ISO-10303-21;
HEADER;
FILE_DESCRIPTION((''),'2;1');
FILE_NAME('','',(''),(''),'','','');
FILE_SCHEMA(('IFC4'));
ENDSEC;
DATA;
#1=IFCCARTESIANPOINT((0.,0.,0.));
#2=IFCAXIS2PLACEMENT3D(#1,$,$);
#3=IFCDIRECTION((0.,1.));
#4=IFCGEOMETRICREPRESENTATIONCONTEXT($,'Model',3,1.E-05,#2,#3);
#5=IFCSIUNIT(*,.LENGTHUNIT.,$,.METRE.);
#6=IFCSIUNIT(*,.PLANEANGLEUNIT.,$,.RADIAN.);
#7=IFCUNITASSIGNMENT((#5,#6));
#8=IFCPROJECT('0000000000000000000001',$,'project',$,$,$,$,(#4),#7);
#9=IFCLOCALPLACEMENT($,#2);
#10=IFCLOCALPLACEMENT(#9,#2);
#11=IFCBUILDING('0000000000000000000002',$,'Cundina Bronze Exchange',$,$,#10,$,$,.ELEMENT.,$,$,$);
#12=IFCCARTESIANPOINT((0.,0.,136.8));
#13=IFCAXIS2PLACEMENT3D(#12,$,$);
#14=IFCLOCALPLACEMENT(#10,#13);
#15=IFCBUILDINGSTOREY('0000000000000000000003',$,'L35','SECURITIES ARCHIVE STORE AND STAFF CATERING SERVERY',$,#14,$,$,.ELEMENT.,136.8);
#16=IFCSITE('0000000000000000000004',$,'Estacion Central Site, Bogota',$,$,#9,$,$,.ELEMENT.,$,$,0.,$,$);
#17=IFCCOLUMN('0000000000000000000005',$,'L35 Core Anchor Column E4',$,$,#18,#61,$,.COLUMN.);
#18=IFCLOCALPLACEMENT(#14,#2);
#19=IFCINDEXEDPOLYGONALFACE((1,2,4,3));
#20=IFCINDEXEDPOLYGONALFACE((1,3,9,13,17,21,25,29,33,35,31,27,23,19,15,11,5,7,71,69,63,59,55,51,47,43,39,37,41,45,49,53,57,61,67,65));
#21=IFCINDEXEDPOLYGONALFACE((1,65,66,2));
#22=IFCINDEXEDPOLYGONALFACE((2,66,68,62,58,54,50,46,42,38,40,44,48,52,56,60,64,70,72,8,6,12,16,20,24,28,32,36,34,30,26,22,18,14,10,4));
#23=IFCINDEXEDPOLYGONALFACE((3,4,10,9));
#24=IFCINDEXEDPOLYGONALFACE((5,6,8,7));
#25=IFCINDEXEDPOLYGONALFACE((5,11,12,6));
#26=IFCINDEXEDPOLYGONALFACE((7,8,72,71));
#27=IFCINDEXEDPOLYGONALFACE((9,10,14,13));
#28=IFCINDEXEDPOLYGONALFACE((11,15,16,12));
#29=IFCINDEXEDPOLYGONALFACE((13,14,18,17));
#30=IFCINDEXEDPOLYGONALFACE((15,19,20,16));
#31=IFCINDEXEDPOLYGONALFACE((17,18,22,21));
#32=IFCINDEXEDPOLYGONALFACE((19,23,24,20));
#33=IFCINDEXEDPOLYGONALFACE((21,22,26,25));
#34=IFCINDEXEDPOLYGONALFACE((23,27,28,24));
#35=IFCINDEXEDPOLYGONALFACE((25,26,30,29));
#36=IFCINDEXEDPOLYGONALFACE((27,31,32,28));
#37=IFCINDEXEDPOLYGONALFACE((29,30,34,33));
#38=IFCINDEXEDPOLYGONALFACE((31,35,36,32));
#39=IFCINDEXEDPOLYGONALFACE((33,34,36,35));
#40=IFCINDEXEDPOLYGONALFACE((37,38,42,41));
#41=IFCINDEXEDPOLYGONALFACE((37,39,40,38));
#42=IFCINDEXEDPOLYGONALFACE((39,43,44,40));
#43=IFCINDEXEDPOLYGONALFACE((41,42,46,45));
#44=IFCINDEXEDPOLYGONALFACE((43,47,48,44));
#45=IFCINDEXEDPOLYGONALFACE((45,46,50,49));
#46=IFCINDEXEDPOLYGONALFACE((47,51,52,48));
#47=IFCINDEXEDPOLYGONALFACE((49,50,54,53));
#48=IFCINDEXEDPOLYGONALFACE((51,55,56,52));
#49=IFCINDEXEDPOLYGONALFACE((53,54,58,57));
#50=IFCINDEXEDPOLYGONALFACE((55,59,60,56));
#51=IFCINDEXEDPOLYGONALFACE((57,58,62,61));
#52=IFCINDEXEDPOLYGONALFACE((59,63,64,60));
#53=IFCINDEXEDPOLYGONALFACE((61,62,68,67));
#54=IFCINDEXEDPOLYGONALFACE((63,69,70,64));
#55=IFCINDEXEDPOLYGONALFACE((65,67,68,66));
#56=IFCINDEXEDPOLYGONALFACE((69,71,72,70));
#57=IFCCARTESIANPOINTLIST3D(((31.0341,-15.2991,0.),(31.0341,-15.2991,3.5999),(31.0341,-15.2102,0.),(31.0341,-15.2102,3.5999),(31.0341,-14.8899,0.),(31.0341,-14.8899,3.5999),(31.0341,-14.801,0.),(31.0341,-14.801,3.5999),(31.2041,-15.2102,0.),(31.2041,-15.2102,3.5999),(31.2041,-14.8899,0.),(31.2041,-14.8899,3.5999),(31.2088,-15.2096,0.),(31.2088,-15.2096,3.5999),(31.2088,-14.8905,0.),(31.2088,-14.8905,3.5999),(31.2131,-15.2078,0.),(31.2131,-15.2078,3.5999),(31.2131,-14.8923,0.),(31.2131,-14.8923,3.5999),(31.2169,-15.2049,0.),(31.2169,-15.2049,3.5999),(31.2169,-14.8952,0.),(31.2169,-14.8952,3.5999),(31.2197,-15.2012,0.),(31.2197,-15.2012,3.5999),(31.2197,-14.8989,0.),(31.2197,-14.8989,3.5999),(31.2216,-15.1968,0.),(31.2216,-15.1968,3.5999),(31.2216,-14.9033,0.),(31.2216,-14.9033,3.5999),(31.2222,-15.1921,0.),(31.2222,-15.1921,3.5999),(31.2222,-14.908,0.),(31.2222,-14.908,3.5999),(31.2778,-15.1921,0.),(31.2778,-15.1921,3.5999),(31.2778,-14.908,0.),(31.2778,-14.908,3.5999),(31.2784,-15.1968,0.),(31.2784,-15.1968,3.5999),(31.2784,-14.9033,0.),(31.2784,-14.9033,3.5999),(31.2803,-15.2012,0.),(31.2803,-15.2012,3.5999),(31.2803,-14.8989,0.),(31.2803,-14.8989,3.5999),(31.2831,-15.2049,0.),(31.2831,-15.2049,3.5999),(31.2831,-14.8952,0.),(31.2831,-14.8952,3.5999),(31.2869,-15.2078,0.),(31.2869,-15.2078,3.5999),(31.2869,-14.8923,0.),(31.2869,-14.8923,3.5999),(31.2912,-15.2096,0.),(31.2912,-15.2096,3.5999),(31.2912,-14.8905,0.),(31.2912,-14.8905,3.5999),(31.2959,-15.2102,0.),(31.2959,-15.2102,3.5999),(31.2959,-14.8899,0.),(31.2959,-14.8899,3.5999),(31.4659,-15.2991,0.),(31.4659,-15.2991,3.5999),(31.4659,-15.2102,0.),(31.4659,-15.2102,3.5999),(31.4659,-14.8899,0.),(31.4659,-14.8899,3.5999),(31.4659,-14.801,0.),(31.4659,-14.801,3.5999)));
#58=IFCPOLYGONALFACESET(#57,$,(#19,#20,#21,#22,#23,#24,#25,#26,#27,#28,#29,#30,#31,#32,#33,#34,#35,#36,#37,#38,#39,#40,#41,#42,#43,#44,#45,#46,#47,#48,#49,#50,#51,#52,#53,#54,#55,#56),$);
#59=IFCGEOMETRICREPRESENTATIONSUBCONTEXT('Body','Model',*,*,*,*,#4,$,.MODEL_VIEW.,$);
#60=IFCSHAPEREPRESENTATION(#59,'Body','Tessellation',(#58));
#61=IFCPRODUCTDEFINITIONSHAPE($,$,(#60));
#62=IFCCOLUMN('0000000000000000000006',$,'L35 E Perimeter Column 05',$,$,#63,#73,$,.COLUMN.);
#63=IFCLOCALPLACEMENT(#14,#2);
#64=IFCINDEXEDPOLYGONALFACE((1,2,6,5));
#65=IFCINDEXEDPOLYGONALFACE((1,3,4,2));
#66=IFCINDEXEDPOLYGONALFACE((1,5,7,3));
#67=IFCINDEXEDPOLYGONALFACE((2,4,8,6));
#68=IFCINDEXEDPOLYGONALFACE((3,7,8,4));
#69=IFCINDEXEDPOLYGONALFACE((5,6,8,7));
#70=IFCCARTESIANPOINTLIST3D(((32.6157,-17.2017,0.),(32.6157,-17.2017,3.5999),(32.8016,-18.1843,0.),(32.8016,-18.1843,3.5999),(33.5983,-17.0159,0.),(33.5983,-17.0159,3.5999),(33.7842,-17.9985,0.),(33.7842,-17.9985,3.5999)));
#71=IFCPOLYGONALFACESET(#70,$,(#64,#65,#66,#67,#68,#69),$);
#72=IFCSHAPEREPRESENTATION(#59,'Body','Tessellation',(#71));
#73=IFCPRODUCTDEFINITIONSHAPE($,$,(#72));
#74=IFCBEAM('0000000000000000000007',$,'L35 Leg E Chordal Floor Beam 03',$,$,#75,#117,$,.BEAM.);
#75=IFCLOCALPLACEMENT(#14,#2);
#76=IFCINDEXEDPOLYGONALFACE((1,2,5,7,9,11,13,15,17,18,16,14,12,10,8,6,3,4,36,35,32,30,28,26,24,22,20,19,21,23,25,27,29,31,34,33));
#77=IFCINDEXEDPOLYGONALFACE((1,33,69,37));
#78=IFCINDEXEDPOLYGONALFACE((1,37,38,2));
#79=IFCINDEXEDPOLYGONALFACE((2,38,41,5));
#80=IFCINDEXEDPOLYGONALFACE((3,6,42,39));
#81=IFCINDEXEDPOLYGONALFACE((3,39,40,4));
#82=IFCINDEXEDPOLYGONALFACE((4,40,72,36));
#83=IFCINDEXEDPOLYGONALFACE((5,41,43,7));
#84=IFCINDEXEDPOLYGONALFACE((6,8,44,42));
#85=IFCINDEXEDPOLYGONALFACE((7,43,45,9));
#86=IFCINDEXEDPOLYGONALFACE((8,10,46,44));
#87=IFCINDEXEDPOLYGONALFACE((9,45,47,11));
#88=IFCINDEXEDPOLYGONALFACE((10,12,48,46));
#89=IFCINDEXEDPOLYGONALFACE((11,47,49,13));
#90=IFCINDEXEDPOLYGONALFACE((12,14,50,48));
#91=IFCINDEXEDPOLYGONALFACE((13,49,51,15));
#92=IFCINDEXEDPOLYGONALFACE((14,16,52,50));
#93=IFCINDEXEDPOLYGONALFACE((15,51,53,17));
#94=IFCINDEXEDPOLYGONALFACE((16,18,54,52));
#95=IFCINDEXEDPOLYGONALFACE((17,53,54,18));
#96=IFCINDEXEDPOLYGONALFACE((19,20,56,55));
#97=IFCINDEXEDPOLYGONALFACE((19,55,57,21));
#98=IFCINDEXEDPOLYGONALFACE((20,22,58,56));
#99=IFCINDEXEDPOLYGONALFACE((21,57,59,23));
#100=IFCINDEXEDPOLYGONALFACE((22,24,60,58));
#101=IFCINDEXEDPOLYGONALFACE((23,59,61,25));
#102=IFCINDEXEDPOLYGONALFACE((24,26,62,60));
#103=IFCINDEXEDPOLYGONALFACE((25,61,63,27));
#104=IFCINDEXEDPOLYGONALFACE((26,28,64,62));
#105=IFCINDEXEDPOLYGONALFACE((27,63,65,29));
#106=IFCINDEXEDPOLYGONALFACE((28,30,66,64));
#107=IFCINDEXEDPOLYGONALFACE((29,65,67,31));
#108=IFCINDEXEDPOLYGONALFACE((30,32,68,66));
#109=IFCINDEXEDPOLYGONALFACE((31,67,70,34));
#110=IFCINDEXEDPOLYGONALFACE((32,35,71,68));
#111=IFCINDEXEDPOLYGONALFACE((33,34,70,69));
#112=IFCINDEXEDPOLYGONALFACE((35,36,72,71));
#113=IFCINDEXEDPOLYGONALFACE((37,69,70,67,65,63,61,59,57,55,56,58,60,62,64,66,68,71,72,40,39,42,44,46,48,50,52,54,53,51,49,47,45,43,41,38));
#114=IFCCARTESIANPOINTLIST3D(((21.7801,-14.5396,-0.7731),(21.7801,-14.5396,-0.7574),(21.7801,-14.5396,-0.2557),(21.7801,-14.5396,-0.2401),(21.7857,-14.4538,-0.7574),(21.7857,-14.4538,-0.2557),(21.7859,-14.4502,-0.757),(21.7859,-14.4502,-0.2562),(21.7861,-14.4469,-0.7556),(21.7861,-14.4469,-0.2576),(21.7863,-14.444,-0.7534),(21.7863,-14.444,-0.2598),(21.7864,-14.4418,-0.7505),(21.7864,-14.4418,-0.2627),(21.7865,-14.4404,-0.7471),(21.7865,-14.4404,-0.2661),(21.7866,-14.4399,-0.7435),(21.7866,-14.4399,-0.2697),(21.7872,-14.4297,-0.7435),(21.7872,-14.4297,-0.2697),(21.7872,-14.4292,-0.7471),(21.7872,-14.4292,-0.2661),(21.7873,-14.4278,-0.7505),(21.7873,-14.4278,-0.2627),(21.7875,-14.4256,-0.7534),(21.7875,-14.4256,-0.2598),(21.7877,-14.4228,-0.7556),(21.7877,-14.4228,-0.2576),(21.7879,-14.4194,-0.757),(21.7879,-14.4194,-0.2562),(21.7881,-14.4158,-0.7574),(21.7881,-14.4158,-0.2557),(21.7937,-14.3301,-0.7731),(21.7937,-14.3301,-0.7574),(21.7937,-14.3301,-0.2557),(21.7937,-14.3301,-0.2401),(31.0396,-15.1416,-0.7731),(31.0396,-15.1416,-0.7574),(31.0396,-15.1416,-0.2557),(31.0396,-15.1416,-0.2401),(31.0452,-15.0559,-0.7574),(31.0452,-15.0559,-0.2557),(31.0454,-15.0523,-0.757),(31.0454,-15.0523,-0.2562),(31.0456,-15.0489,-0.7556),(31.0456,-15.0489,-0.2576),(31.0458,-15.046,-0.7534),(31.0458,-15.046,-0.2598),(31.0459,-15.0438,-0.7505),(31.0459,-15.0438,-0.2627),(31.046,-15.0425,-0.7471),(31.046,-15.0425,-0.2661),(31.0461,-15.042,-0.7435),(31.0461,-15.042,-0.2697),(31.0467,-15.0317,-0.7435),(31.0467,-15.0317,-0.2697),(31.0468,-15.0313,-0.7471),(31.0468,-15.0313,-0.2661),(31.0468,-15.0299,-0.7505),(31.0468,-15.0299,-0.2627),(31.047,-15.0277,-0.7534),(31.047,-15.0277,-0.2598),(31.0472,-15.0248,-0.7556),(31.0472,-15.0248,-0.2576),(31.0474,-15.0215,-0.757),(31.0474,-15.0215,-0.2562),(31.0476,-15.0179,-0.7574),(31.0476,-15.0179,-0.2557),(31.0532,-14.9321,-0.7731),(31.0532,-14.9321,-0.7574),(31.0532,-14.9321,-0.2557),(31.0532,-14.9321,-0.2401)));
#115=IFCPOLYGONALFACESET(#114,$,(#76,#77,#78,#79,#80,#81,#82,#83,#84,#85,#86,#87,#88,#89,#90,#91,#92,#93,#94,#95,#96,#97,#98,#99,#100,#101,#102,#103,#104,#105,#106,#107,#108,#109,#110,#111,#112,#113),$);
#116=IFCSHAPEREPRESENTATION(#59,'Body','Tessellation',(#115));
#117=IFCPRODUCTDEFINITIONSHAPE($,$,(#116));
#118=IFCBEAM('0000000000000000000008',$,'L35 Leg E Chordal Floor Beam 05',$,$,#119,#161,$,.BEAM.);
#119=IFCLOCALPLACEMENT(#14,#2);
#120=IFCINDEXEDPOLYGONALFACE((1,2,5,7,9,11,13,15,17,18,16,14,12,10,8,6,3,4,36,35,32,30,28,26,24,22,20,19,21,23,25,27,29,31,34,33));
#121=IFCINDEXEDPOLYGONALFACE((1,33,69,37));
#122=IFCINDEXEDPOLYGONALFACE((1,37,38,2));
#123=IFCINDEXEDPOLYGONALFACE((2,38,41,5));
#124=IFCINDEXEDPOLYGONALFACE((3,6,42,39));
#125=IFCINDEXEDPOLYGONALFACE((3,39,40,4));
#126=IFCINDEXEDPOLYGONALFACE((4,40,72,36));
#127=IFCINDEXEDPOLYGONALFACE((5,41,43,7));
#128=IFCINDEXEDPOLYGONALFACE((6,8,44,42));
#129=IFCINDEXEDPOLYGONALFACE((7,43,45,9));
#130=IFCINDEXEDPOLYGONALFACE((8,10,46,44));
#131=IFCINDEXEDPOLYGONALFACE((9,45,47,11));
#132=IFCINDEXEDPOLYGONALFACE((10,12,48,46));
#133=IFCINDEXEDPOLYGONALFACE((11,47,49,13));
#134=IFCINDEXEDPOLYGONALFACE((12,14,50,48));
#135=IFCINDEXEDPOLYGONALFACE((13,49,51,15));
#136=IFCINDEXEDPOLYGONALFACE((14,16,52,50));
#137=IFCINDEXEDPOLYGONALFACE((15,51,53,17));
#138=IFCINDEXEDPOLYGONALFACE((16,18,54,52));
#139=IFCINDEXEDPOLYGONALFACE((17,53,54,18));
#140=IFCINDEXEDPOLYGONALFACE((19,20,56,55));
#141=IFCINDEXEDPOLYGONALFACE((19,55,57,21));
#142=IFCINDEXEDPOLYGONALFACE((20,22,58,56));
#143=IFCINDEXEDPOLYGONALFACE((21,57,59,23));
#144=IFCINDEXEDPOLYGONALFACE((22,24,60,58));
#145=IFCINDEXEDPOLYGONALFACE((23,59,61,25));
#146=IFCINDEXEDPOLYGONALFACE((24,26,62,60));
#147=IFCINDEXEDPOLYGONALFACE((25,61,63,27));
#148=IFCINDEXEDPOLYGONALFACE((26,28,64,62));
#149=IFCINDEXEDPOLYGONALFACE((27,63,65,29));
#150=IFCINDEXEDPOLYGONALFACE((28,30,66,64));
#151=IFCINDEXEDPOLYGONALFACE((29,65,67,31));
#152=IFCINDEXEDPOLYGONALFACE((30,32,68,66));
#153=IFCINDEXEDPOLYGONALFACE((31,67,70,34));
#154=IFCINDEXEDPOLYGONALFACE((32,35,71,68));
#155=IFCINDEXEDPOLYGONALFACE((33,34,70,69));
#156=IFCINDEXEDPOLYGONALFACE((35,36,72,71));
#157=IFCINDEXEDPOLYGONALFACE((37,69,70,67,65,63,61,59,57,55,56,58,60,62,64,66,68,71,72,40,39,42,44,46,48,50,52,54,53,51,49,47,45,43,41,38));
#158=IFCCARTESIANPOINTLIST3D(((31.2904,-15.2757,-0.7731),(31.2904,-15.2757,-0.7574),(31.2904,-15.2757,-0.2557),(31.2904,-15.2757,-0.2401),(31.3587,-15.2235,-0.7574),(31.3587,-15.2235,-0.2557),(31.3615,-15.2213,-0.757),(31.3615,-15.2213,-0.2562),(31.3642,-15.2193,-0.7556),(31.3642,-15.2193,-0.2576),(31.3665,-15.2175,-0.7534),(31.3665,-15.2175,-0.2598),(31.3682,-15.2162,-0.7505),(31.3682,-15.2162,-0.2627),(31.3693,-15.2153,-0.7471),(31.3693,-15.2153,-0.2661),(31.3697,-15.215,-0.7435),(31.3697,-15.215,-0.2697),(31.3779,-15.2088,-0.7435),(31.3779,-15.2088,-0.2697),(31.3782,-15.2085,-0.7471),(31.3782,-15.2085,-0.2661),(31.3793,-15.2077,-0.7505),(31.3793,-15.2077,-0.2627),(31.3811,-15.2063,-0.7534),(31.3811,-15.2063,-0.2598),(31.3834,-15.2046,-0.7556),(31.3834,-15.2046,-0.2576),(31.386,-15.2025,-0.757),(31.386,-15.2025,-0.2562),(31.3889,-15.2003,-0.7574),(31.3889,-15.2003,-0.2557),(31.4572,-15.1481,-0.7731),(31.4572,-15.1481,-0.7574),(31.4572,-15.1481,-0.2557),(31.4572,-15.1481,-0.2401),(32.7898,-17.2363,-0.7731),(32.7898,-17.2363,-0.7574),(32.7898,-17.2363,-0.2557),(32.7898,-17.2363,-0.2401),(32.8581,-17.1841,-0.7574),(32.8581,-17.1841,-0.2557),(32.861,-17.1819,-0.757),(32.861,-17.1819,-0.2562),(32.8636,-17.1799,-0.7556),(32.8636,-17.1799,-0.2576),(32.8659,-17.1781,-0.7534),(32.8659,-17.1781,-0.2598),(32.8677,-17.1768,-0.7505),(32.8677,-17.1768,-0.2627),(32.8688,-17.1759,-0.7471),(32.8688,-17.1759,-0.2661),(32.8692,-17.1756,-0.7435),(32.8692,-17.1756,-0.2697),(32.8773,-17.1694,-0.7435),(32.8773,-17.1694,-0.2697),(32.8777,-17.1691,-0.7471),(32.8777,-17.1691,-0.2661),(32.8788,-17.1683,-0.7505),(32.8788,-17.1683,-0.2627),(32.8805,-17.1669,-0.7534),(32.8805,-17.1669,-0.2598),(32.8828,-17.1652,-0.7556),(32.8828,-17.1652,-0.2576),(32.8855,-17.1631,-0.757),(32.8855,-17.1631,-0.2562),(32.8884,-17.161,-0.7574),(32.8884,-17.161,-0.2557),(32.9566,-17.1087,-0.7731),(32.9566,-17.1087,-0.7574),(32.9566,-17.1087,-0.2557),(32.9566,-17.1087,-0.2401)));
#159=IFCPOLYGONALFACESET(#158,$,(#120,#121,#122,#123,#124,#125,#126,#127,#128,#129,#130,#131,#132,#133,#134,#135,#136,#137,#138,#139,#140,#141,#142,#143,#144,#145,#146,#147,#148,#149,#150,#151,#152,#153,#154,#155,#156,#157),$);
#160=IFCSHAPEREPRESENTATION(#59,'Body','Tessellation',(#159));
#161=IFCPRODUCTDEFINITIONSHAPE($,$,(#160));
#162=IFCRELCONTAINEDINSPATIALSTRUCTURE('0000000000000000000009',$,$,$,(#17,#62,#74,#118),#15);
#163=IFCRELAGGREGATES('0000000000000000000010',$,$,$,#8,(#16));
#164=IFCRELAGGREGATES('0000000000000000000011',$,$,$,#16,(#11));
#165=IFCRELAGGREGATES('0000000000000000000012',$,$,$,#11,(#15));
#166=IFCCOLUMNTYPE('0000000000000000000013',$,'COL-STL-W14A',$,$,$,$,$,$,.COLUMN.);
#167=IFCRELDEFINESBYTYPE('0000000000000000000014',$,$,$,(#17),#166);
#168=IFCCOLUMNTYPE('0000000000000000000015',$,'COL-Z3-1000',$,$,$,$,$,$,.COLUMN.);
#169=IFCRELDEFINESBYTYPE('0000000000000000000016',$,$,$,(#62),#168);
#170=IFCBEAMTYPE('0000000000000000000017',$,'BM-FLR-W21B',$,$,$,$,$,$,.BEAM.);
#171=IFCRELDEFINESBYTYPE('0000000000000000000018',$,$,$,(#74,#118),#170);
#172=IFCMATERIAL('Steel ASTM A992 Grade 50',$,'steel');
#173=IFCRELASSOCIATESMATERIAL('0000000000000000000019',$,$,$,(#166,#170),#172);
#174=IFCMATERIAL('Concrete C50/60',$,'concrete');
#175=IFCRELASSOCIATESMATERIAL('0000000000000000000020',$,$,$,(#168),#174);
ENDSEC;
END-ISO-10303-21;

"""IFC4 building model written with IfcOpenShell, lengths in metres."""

from ifc_helpers import new_model, si_unit, direction, frame, origin, origin_2d, place, context, subcontext, project, spatial, rectangle, i_section, extrude, material, material_profile, profile_set, type_object, element, save


model = new_model("IFC4")

# Units and contexts
model_context = context("Model", 3, precision=1e-05, world=origin(), true_north=direction((0.0, 1.0)))
body_context = subcontext(model_context, "Body", "Model", "MODEL_VIEW")
ifc_project = project(units=[si_unit("LENGTHUNIT", "METRE"), si_unit("PLANEANGLEUNIT", "RADIAN")], contexts=[model_context])

# Site, building, storey
site_placement = place(None, origin())
site = spatial("IfcSite", under=ifc_project, at=site_placement, Name="Estacion Central Site, Bogota", CompositionType="ELEMENT", RefElevation=0.0)
building_placement = place(site_placement, origin())
building = spatial("IfcBuilding", under=site, at=building_placement, Name="Cundina Bronze Exchange", CompositionType="ELEMENT")
storey_placement = place(building_placement, frame((0.0, 0.0, 136.8)))
storey = spatial("IfcBuildingStorey", under=building, at=storey_placement, Name="L35", Description="SECURITIES ARCHIVE STORE AND STAFF CATERING SERVERY", CompositionType="ELEMENT", Elevation=136.8)

# Columns
ifc_material_1 = material(Name="Steel ASTM A992 Grade 50", Category="steel")
ifc_material_profile_1 = material_profile(ifc_material_1, i_section(OverallWidth=0.4319, OverallDepth=0.498, WebThickness=0.0557, FlangeThickness=0.0889, FilletRadius=0.0181, at=origin_2d()), Name="W14X500", Category="steel")
ifc_profile_set_1 = profile_set([ifc_material_profile_1], Name="Steel ASTM A992 Grade 50")
column_type_1 = type_object("IfcColumnType", Name="COL-STL-W14A", PredefinedType="COLUMN", material=ifc_profile_set_1)
column_1_placement = place(storey_placement, frame((31.25, -15.05, 0.0), z_axis=(0.0, 0.0, 1.0), x_axis=(1.0, 0.0, 0.0)))
element("IfcColumn", 1, at=column_1_placement, inside=storey, type_object=column_type_1, Name="L35 Core Anchor Column E4", PredefinedType="COLUMN", context=body_context, shape_type="SweptSolid", body=[
    extrude(i_section(OverallWidth=0.4319, OverallDepth=0.498, WebThickness=0.0557, FlangeThickness=0.0889, FilletRadius=0.0181, at=origin_2d()), origin(), (0.0, 0.0, 1.0), 3.5999),
])
ifc_material_2 = material(Name="Concrete C50/60", Category="concrete")
ifc_material_profile_2 = material_profile(ifc_material_2, rectangle(XDim=1.0, YDim=1.0, at=origin_2d()), Name="RC1000X1000", Category="concrete")
ifc_profile_set_2 = profile_set([ifc_material_profile_2], Name="Concrete C50/60")
column_type_2 = type_object("IfcColumnType", Name="COL-Z3-1000", PredefinedType="COLUMN", material=ifc_profile_set_2)
column_2_placement = place(storey_placement, frame((33.2, -17.6001, 0.0), z_axis=(0.0, 0.0, 1.0), x_axis=(0.98258, 0.185838, 0.0)))
element("IfcColumn", 2, at=column_2_placement, inside=storey, type_object=column_type_2, Name="L35 E Perimeter Column 05", PredefinedType="COLUMN", context=body_context, shape_type="SweptSolid", body=[
    extrude(rectangle(XDim=1.0, YDim=1.0, at=origin_2d()), origin(), (0.0, 0.0, 1.0), 3.5999),
])

# Beams
ifc_material_profile_3 = material_profile(ifc_material_1, i_section(OverallWidth=0.21, OverallDepth=0.533, WebThickness=0.0103, FlangeThickness=0.0156, FilletRadius=0.0139, at=origin_2d()), Name="W21X62", Category="steel")
ifc_profile_set_3 = profile_set([ifc_material_profile_3], Name="Steel ASTM A992 Grade 50")
beam_type_1 = type_object("IfcBeamType", Name="BM-FLR-W21B", PredefinedType="BEAM", material=ifc_profile_set_3)
beam_1_placement = place(storey_placement, frame((31.0464, -15.0369, -0.5066), z_axis=(-0.997893, 0.064883, 0.0), x_axis=(-0.064883, -0.997893, 0.0)))
element("IfcBeam", 3, at=beam_1_placement, inside=storey, type_object=beam_type_1, Name="L35 Leg E Chordal Floor Beam 03", PredefinedType="BEAM", context=body_context, shape_type="SweptSolid", body=[
    extrude(i_section(OverallWidth=0.21, OverallDepth=0.533, WebThickness=0.0103, FlangeThickness=0.0156, FilletRadius=0.0139, at=origin_2d()), origin(), (0.0, 0.0, 1.0), 9.2791),
])
beam_2_placement = place(storey_placement, frame((31.3738, -15.2119, -0.5066), z_axis=(0.60749, -0.794327, 0.0), x_axis=(0.794327, 0.60749, 0.0)))
element("IfcBeam", 4, at=beam_2_placement, inside=storey, type_object=beam_type_1, Name="L35 Leg E Chordal Floor Beam 05", PredefinedType="BEAM", context=body_context, shape_type="SweptSolid", body=[
    extrude(i_section(OverallWidth=0.21, OverallDepth=0.533, WebThickness=0.0103, FlangeThickness=0.0156, FilletRadius=0.0139, at=origin_2d()), origin(), (0.0, 0.0, 1.0), 2.4683),
])

save(model, "model.ifc")
